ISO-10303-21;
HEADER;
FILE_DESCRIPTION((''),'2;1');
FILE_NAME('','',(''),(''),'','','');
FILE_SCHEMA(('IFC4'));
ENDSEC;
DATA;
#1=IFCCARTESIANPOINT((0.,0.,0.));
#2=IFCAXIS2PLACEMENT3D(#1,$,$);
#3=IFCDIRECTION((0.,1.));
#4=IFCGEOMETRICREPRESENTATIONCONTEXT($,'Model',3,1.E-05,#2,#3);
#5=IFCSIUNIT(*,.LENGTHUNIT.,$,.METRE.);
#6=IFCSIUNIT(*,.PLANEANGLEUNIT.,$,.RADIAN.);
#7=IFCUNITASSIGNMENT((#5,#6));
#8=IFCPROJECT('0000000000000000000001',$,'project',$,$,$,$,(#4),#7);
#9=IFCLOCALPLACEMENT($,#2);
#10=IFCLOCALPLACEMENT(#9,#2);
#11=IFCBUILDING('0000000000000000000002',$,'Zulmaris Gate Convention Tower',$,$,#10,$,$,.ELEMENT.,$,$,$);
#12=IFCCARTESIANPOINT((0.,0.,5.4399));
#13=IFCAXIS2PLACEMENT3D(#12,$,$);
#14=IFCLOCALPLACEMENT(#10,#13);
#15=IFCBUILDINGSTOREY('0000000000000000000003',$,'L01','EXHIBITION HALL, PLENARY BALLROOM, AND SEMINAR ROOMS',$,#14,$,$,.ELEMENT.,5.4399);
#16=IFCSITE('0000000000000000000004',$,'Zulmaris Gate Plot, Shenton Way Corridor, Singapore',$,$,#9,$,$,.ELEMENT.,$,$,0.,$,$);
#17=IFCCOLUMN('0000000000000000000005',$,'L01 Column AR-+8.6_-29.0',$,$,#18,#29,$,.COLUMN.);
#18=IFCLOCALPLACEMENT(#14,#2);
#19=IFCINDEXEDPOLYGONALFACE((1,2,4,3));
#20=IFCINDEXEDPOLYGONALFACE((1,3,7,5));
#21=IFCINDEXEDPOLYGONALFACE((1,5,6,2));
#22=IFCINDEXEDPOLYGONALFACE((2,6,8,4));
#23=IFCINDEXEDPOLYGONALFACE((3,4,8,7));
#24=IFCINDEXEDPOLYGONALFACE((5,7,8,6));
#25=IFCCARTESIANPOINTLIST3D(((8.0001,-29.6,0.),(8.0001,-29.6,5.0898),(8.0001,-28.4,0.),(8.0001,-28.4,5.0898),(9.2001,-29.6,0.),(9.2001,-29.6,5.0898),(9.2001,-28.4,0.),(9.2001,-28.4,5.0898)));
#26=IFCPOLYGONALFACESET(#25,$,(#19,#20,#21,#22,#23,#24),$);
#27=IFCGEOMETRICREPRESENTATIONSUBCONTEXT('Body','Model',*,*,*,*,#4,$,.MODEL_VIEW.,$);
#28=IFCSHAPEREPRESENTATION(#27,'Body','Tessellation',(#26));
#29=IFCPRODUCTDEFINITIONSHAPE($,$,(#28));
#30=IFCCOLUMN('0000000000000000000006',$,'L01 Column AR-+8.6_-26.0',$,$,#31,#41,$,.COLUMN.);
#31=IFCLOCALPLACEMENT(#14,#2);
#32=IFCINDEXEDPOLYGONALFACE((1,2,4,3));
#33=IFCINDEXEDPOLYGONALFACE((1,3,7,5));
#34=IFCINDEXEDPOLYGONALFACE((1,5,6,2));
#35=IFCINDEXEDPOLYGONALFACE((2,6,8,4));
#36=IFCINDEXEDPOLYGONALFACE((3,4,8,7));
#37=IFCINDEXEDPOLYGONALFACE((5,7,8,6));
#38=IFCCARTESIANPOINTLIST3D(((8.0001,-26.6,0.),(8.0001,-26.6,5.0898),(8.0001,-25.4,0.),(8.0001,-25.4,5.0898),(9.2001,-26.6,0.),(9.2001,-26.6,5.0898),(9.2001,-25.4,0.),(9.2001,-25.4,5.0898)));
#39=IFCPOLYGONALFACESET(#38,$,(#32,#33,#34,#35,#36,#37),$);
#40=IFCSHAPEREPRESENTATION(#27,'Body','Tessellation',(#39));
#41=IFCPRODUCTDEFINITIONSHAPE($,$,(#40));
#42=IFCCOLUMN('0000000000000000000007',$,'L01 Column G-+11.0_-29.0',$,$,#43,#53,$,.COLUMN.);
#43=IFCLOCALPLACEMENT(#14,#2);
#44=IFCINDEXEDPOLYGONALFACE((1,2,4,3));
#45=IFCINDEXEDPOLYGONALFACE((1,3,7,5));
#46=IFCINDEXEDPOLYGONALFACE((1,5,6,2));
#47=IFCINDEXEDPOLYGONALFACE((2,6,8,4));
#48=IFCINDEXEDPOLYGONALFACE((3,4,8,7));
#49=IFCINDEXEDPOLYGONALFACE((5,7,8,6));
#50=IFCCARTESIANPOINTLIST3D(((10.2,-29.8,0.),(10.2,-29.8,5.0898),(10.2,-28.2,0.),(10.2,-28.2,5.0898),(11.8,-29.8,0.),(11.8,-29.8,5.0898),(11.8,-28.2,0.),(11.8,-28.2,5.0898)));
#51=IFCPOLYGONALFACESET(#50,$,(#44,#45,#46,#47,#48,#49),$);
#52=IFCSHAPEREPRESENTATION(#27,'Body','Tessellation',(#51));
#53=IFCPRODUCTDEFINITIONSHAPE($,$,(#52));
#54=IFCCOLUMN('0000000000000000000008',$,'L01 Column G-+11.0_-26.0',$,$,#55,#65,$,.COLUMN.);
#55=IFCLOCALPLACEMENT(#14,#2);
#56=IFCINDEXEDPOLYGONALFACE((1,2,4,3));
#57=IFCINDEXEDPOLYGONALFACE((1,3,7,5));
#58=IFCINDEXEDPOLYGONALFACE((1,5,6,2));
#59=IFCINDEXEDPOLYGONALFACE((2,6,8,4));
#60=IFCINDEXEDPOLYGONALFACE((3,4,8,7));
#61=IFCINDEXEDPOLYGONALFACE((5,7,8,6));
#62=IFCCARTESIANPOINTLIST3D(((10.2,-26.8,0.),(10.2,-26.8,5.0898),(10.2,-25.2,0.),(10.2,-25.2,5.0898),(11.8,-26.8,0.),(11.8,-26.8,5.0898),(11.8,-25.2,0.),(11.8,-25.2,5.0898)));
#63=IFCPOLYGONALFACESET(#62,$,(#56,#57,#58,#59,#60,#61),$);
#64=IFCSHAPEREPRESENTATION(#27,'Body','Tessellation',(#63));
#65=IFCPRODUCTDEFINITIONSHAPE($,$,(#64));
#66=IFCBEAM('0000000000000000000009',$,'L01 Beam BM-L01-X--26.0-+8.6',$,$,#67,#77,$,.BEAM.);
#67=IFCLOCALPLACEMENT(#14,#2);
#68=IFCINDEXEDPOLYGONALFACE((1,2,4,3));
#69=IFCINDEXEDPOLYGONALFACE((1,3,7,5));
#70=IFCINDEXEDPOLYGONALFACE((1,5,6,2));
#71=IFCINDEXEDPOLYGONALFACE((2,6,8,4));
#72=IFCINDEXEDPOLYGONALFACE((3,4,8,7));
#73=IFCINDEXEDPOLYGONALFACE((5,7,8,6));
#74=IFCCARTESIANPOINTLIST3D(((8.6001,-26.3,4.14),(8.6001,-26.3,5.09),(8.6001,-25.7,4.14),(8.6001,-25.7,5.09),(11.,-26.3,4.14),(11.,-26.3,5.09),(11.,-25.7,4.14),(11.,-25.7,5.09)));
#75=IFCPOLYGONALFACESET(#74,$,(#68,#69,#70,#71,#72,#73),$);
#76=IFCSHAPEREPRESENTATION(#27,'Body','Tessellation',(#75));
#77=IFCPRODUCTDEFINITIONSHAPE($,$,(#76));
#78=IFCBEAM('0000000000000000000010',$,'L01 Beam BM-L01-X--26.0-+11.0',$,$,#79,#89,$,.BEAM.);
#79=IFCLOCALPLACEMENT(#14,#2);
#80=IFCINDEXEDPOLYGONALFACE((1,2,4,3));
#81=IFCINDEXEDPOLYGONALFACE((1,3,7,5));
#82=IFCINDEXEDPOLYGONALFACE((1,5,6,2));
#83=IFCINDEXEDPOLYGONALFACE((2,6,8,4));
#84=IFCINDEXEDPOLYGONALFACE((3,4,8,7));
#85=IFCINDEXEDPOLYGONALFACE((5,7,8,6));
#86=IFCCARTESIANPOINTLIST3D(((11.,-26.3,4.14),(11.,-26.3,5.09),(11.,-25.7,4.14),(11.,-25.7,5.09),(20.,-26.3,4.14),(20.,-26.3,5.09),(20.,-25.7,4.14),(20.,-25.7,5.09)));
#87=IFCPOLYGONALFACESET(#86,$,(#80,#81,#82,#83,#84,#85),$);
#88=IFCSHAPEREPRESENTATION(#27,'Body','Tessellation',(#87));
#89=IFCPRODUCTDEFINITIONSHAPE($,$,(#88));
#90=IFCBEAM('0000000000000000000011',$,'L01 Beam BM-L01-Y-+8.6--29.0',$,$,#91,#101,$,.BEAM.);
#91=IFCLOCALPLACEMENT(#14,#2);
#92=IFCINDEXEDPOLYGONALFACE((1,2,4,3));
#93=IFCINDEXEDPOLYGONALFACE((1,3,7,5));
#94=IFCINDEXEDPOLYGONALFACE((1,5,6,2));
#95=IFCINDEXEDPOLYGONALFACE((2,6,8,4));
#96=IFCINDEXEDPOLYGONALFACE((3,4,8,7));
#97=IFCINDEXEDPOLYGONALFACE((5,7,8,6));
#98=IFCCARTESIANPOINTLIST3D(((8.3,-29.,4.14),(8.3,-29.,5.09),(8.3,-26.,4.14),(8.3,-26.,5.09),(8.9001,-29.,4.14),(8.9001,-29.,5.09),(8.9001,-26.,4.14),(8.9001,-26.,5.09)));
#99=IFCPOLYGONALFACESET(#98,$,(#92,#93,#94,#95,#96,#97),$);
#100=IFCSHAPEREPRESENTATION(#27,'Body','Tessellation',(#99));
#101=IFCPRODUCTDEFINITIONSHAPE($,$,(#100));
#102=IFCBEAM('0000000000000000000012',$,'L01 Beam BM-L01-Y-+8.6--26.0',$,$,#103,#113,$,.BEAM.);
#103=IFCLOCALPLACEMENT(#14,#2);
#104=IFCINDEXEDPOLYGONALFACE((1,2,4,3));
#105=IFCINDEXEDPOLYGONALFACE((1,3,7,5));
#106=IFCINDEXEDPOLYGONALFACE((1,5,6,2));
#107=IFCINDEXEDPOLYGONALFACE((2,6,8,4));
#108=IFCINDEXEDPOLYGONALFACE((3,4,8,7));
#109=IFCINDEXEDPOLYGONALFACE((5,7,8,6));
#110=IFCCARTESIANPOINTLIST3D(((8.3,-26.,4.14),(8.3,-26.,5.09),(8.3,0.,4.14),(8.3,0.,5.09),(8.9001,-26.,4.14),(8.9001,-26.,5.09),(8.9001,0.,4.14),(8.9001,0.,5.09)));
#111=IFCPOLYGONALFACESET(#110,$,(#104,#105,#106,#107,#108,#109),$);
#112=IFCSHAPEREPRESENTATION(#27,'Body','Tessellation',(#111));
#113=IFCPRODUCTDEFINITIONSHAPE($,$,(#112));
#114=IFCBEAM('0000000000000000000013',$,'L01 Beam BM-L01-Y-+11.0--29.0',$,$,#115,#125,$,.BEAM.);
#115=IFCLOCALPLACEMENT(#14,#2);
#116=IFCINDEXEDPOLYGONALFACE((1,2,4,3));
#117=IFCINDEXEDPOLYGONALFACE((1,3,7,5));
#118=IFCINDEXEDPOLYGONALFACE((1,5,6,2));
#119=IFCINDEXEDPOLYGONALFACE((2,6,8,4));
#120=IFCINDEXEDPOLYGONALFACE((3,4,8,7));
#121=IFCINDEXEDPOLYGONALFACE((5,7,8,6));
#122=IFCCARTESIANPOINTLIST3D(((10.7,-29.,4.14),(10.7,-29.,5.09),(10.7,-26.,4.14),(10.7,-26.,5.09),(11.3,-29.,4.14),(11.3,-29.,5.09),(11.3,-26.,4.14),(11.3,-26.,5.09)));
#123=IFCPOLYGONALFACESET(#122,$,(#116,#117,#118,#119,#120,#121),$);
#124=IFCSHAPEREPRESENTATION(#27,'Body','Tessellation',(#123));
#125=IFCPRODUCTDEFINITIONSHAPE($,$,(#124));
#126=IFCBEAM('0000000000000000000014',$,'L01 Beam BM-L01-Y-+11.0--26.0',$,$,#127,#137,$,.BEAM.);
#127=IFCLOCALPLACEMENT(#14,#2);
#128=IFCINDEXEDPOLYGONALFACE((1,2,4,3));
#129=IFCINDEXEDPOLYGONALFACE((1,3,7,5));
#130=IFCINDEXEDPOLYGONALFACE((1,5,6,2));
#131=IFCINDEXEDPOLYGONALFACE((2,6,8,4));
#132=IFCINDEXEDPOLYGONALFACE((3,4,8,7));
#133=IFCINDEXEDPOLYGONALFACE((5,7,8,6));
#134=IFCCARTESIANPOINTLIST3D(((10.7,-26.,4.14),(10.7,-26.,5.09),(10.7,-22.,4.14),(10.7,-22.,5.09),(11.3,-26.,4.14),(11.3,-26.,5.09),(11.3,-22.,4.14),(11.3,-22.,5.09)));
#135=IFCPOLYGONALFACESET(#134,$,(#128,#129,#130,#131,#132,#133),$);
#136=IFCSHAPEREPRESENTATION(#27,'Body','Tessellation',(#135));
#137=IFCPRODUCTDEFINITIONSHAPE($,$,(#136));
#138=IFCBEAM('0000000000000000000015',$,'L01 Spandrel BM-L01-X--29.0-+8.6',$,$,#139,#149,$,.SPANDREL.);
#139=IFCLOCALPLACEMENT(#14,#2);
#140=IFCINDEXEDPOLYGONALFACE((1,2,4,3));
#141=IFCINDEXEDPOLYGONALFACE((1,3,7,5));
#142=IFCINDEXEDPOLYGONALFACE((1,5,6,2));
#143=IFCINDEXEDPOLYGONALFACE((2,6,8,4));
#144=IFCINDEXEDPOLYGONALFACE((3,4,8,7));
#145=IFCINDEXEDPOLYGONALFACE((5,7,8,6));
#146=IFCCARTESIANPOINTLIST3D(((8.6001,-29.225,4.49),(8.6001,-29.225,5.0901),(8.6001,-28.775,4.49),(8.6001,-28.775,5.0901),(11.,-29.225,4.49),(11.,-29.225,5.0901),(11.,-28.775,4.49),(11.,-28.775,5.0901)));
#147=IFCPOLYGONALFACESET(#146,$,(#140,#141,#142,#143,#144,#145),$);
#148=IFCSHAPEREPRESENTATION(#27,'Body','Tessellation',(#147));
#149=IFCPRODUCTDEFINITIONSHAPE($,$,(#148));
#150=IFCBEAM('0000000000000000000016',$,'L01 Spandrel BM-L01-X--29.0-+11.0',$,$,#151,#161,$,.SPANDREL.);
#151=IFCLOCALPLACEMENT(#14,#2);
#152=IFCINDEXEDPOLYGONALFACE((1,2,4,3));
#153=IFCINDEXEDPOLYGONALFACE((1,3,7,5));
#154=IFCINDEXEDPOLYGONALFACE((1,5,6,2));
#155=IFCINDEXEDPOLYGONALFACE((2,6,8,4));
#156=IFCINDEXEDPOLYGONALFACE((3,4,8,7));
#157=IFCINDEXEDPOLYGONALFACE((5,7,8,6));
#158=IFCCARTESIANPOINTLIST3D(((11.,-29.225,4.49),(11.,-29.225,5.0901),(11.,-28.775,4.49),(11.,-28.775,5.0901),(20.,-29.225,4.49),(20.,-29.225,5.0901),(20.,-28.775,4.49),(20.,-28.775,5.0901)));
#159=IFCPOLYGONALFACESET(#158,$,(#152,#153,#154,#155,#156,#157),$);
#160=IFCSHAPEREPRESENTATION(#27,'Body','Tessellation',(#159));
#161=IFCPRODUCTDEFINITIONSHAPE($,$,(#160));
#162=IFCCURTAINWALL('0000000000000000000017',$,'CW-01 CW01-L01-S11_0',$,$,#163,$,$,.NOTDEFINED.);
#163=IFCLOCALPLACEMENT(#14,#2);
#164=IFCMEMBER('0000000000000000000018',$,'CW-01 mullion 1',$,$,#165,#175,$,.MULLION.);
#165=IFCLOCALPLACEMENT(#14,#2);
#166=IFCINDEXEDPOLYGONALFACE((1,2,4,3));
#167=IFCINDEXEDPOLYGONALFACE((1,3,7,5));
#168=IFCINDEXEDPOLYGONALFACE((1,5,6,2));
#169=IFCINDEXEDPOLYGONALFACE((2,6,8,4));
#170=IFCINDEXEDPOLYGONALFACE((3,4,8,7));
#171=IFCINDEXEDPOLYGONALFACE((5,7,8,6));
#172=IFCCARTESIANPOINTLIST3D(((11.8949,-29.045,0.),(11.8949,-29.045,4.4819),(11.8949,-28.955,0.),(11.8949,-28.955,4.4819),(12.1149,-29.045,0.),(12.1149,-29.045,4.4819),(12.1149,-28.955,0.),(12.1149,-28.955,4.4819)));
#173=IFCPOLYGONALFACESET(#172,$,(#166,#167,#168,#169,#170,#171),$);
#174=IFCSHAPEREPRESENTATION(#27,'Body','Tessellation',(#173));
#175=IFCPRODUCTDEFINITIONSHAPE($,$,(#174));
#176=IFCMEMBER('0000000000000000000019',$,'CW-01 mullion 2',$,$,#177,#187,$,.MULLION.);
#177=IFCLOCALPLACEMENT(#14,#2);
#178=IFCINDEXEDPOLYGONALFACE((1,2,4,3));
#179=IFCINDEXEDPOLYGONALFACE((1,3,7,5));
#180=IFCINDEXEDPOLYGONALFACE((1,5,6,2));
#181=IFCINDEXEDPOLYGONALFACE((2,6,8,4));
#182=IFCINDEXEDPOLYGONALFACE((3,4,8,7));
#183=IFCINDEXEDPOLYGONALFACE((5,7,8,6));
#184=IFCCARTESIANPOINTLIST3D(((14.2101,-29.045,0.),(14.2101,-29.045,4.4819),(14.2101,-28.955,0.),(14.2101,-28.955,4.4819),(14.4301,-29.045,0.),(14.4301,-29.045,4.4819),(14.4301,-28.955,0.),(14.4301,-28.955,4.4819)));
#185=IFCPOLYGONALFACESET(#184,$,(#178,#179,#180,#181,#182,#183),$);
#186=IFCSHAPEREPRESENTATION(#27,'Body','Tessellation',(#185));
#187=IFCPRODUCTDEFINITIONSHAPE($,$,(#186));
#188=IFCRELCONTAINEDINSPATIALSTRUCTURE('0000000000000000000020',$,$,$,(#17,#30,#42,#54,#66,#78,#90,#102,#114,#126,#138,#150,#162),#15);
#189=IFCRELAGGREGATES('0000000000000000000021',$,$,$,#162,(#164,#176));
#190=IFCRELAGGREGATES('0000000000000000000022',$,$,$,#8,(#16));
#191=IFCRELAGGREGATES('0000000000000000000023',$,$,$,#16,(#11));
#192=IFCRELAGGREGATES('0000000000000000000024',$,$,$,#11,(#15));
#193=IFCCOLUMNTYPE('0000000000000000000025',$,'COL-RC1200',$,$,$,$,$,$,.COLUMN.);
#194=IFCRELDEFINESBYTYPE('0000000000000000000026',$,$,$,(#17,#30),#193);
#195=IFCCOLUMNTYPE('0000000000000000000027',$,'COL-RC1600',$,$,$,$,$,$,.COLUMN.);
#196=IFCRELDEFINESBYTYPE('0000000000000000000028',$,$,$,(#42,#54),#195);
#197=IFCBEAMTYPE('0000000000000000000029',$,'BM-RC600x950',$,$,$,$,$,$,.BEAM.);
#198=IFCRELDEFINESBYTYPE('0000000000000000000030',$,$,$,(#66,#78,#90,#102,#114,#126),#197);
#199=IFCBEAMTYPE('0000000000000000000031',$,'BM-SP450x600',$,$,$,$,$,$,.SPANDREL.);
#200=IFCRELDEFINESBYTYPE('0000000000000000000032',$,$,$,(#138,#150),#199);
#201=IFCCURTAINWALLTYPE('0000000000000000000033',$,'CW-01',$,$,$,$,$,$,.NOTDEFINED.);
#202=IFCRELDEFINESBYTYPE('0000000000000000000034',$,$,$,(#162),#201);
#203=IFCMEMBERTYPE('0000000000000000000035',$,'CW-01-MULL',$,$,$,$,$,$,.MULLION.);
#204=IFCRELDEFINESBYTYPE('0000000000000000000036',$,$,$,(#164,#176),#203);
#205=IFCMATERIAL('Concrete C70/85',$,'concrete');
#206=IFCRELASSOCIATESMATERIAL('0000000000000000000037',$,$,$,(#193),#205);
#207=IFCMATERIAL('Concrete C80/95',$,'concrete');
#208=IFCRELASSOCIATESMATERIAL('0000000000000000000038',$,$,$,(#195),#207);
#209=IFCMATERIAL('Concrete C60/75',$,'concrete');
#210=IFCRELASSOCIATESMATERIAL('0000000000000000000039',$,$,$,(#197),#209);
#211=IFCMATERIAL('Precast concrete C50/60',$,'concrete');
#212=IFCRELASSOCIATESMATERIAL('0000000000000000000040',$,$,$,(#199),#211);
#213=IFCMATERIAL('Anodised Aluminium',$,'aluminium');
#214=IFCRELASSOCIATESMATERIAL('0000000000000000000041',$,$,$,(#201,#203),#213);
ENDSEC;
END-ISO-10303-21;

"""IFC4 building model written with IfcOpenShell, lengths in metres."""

from ifc_helpers import new_model, si_unit, direction, frame, origin, origin_2d, place, context, subcontext, project, spatial, rectangle, extrude, material, material_profile, profile_set, type_object, element, aggregate, save


model = new_model("IFC4")

# Units and contexts
model_context = context("Model", 3, precision=1e-05, world=origin(), true_north=direction((0.0, 1.0)))
body_context = subcontext(model_context, "Body", "Model", "MODEL_VIEW")
ifc_project = project(units=[si_unit("LENGTHUNIT", "METRE"), si_unit("PLANEANGLEUNIT", "RADIAN")], contexts=[model_context])

# Site, building, storey
site_placement = place(None, origin())
site = spatial("IfcSite", under=ifc_project, at=site_placement, Name="Zulmaris Gate Plot, Shenton Way Corridor, Singapore", CompositionType="ELEMENT", RefElevation=0.0)
building_placement = place(site_placement, origin())
building = spatial("IfcBuilding", under=site, at=building_placement, Name="Zulmaris Gate Convention Tower", CompositionType="ELEMENT")
storey_placement = place(building_placement, frame((0.0, 0.0, 5.4399)))
storey = spatial("IfcBuildingStorey", under=building, at=storey_placement, Name="L01", Description="EXHIBITION HALL, PLENARY BALLROOM, AND SEMINAR ROOMS", CompositionType="ELEMENT", Elevation=5.4399)

# Columns
ifc_material_1 = material(Name="Concrete C70/85", Category="concrete")
ifc_material_profile_1 = material_profile(ifc_material_1, rectangle(XDim=1.2, YDim=1.2, at=origin_2d()), Name="RC COL 1200x1200")
ifc_profile_set_1 = profile_set([ifc_material_profile_1], Name="Concrete C70/85")
column_type_1 = type_object("IfcColumnType", Name="COL-RC1200", PredefinedType="COLUMN", material=ifc_profile_set_1)
for number, where, z_axis, x_axis, name in (
    (1, (8.6001, -29.0, 0.0), (0.0, 0.0, 1.0), (1.0, 0.0, 0.0), "L01 Column AR-+8.6_-29.0"),
    (2, (8.6001, -26.0, 0.0), (0.0, 0.0, 1.0), (1.0, 0.0, 0.0), "L01 Column AR-+8.6_-26.0"),
):
    element("IfcColumn", number, at=place(storey_placement, frame(where, z_axis=z_axis, x_axis=x_axis)), inside=storey, type_object=column_type_1, Name=name, PredefinedType="COLUMN", context=body_context, shape_type="SweptSolid", body=[
        extrude(rectangle(XDim=1.2, YDim=1.2, at=origin_2d()), origin(), (0.0, 0.0, 1.0), 5.0898),
    ])
ifc_material_2 = material(Name="Concrete C80/95", Category="concrete")
ifc_material_profile_2 = material_profile(ifc_material_2, rectangle(XDim=1.6001, YDim=1.6001, at=origin_2d()), Name="RC COL 1600x1600")
ifc_profile_set_2 = profile_set([ifc_material_profile_2], Name="Concrete C80/95")
column_type_2 = type_object("IfcColumnType", Name="COL-RC1600", PredefinedType="COLUMN", material=ifc_profile_set_2)
for number, where, z_axis, x_axis, name in (
    (3, (11.0, -29.0, 0.0), (0.0, 0.0, 1.0), (1.0, 0.0, 0.0), "L01 Column G-+11.0_-29.0"),
    (4, (11.0, -26.0, 0.0), (0.0, 0.0, 1.0), (1.0, 0.0, 0.0), "L01 Column G-+11.0_-26.0"),
):
    element("IfcColumn", number, at=place(storey_placement, frame(where, z_axis=z_axis, x_axis=x_axis)), inside=storey, type_object=column_type_2, Name=name, PredefinedType="COLUMN", context=body_context, shape_type="SweptSolid", body=[
        extrude(rectangle(XDim=1.6001, YDim=1.6001, at=origin_2d()), origin(), (0.0, 0.0, 1.0), 5.0898),
    ])

# Beams
ifc_material_3 = material(Name="Concrete C60/75", Category="concrete")
ifc_material_profile_3 = material_profile(ifc_material_3, rectangle(XDim=0.6001, YDim=0.95, at=origin_2d()), Name="RC BEAM 600x950")
ifc_profile_set_3 = profile_set([ifc_material_profile_3], Name="Concrete C60/75")
beam_type_1 = type_object("IfcBeamType", Name="BM-RC600x950", PredefinedType="BEAM", material=ifc_profile_set_3)
beam_1_placement = place(storey_placement, frame((8.6001, -26.0, 4.615), z_axis=(1.0, 0.0, 0.0), x_axis=(0.0, 1.0, 0.0)))
element("IfcBeam", 5, at=beam_1_placement, inside=storey, type_object=beam_type_1, Name="L01 Beam BM-L01-X--26.0-+8.6", PredefinedType="BEAM", context=body_context, shape_type="SweptSolid", body=[
    extrude(rectangle(XDim=0.6001, YDim=0.95, at=origin_2d()), origin(), (0.0, 0.0, 1.0), 2.3999),
])
beam_2_placement = place(storey_placement, frame((11.0, -26.0, 4.615), z_axis=(1.0, 0.0, 0.0), x_axis=(0.0, 1.0, 0.0)))
element("IfcBeam", 6, at=beam_2_placement, inside=storey, type_object=beam_type_1, Name="L01 Beam BM-L01-X--26.0-+11.0", PredefinedType="BEAM", context=body_context, shape_type="SweptSolid", body=[
    extrude(rectangle(XDim=0.6001, YDim=0.95, at=origin_2d()), origin(), (0.0, 0.0, 1.0), 9.0),
])
beam_3_placement = place(storey_placement, frame((8.6001, -29.0, 4.615), z_axis=(0.0, 1.0, 0.0), x_axis=(-1.0, 0.0, 0.0)))
element("IfcBeam", 7, at=beam_3_placement, inside=storey, type_object=beam_type_1, Name="L01 Beam BM-L01-Y-+8.6--29.0", PredefinedType="BEAM", context=body_context, shape_type="SweptSolid", body=[
    extrude(rectangle(XDim=0.6001, YDim=0.95, at=origin_2d()), origin(), (0.0, 0.0, 1.0), 3.0),
])
beam_4_placement = place(storey_placement, frame((8.6001, -26.0, 4.615), z_axis=(0.0, 1.0, 0.0), x_axis=(-1.0, 0.0, 0.0)))
element("IfcBeam", 8, at=beam_4_placement, inside=storey, type_object=beam_type_1, Name="L01 Beam BM-L01-Y-+8.6--26.0", PredefinedType="BEAM", context=body_context, shape_type="SweptSolid", body=[
    extrude(rectangle(XDim=0.6001, YDim=0.95, at=origin_2d()), origin(), (0.0, 0.0, 1.0), 26.0),
])
beam_5_placement = place(storey_placement, frame((11.0, -29.0, 4.615), z_axis=(0.0, 1.0, 0.0), x_axis=(-1.0, 0.0, 0.0)))
element("IfcBeam", 9, at=beam_5_placement, inside=storey, type_object=beam_type_1, Name="L01 Beam BM-L01-Y-+11.0--29.0", PredefinedType="BEAM", context=body_context, shape_type="SweptSolid", body=[
    extrude(rectangle(XDim=0.6001, YDim=0.95, at=origin_2d()), origin(), (0.0, 0.0, 1.0), 3.0),
])
beam_6_placement = place(storey_placement, frame((11.0, -26.0, 4.615), z_axis=(0.0, 1.0, 0.0), x_axis=(-1.0, 0.0, 0.0)))
element("IfcBeam", 10, at=beam_6_placement, inside=storey, type_object=beam_type_1, Name="L01 Beam BM-L01-Y-+11.0--26.0", PredefinedType="BEAM", context=body_context, shape_type="SweptSolid", body=[
    extrude(rectangle(XDim=0.6001, YDim=0.95, at=origin_2d()), origin(), (0.0, 0.0, 1.0), 4.0),
])
ifc_material_4 = material(Name="Precast concrete C50/60", Category="concrete")
ifc_material_profile_4 = material_profile(ifc_material_4, rectangle(XDim=0.45, YDim=0.6001, at=origin_2d()), Name="RC SPANDREL 450x600")
ifc_profile_set_4 = profile_set([ifc_material_profile_4], Name="Precast concrete C50/60")
beam_type_2 = type_object("IfcBeamType", Name="BM-SP450x600", PredefinedType="SPANDREL", material=ifc_profile_set_4)
beam_7_placement = place(storey_placement, frame((8.6001, -29.0, 4.79), z_axis=(1.0, 0.0, 0.0), x_axis=(0.0, 1.0, 0.0)))
element("IfcBeam", 11, at=beam_7_placement, inside=storey, type_object=beam_type_2, Name="L01 Spandrel BM-L01-X--29.0-+8.6", PredefinedType="SPANDREL", context=body_context, shape_type="SweptSolid", body=[
    extrude(rectangle(XDim=0.45, YDim=0.6001, at=origin_2d()), origin(), (0.0, 0.0, 1.0), 2.3999),
])
beam_8_placement = place(storey_placement, frame((11.0, -29.0, 4.79), z_axis=(1.0, 0.0, 0.0), x_axis=(0.0, 1.0, 0.0)))
element("IfcBeam", 12, at=beam_8_placement, inside=storey, type_object=beam_type_2, Name="L01 Spandrel BM-L01-X--29.0-+11.0", PredefinedType="SPANDREL", context=body_context, shape_type="SweptSolid", body=[
    extrude(rectangle(XDim=0.45, YDim=0.6001, at=origin_2d()), origin(), (0.0, 0.0, 1.0), 9.0),
])

# Curtain wall, members
ifc_material_5 = material(Name="Anodised Aluminium", Category="aluminium")
curtain_wall_type = type_object("IfcCurtainWallType", Name="CW-01", PredefinedType="NOTDEFINED", material=ifc_material_5)
curtain_wall_placement = place(storey_placement, origin())
curtain_wall = element("IfcCurtainWall", 13, at=curtain_wall_placement, inside=storey, type_object=curtain_wall_type, Name="CW-01 CW01-L01-S11_0", PredefinedType="NOTDEFINED")
ifc_material_profile_5 = material_profile(ifc_material_5, rectangle(XDim=0.0901, YDim=0.22, at=origin_2d()), Name="ALU MULLION 90x220")
ifc_profile_set_5 = profile_set([ifc_material_profile_5], Name="Anodised Aluminium")
member_type_1 = type_object("IfcMemberType", Name="CW-01-MULL", PredefinedType="MULLION", material=ifc_profile_set_5)
member_1_placement = place(storey_placement, frame((12.0049, -29.0, 0.0), z_axis=(0.0, 0.0, 1.0), x_axis=(0.0, 1.0, 0.0)))
member_1 = element("IfcMember", 14, at=member_1_placement, type_object=member_type_1, Name="CW-01 mullion 1", PredefinedType="MULLION", context=body_context, shape_type="SweptSolid", body=[
    extrude(rectangle(XDim=0.0901, YDim=0.22, at=origin_2d()), origin(), (0.0, 0.0, 1.0), 4.4819),
])
member_2_placement = place(storey_placement, frame((14.3201, -29.0, 0.0), z_axis=(0.0, 0.0, 1.0), x_axis=(0.0, 1.0, 0.0)))
member_2 = element("IfcMember", 15, at=member_2_placement, type_object=member_type_1, Name="CW-01 mullion 2", PredefinedType="MULLION", context=body_context, shape_type="SweptSolid", body=[
    extrude(rectangle(XDim=0.0901, YDim=0.22, at=origin_2d()), origin(), (0.0, 0.0, 1.0), 4.4819),
])
aggregate(curtain_wall, [member_1, member_2])

save(model, "model.ifc")
